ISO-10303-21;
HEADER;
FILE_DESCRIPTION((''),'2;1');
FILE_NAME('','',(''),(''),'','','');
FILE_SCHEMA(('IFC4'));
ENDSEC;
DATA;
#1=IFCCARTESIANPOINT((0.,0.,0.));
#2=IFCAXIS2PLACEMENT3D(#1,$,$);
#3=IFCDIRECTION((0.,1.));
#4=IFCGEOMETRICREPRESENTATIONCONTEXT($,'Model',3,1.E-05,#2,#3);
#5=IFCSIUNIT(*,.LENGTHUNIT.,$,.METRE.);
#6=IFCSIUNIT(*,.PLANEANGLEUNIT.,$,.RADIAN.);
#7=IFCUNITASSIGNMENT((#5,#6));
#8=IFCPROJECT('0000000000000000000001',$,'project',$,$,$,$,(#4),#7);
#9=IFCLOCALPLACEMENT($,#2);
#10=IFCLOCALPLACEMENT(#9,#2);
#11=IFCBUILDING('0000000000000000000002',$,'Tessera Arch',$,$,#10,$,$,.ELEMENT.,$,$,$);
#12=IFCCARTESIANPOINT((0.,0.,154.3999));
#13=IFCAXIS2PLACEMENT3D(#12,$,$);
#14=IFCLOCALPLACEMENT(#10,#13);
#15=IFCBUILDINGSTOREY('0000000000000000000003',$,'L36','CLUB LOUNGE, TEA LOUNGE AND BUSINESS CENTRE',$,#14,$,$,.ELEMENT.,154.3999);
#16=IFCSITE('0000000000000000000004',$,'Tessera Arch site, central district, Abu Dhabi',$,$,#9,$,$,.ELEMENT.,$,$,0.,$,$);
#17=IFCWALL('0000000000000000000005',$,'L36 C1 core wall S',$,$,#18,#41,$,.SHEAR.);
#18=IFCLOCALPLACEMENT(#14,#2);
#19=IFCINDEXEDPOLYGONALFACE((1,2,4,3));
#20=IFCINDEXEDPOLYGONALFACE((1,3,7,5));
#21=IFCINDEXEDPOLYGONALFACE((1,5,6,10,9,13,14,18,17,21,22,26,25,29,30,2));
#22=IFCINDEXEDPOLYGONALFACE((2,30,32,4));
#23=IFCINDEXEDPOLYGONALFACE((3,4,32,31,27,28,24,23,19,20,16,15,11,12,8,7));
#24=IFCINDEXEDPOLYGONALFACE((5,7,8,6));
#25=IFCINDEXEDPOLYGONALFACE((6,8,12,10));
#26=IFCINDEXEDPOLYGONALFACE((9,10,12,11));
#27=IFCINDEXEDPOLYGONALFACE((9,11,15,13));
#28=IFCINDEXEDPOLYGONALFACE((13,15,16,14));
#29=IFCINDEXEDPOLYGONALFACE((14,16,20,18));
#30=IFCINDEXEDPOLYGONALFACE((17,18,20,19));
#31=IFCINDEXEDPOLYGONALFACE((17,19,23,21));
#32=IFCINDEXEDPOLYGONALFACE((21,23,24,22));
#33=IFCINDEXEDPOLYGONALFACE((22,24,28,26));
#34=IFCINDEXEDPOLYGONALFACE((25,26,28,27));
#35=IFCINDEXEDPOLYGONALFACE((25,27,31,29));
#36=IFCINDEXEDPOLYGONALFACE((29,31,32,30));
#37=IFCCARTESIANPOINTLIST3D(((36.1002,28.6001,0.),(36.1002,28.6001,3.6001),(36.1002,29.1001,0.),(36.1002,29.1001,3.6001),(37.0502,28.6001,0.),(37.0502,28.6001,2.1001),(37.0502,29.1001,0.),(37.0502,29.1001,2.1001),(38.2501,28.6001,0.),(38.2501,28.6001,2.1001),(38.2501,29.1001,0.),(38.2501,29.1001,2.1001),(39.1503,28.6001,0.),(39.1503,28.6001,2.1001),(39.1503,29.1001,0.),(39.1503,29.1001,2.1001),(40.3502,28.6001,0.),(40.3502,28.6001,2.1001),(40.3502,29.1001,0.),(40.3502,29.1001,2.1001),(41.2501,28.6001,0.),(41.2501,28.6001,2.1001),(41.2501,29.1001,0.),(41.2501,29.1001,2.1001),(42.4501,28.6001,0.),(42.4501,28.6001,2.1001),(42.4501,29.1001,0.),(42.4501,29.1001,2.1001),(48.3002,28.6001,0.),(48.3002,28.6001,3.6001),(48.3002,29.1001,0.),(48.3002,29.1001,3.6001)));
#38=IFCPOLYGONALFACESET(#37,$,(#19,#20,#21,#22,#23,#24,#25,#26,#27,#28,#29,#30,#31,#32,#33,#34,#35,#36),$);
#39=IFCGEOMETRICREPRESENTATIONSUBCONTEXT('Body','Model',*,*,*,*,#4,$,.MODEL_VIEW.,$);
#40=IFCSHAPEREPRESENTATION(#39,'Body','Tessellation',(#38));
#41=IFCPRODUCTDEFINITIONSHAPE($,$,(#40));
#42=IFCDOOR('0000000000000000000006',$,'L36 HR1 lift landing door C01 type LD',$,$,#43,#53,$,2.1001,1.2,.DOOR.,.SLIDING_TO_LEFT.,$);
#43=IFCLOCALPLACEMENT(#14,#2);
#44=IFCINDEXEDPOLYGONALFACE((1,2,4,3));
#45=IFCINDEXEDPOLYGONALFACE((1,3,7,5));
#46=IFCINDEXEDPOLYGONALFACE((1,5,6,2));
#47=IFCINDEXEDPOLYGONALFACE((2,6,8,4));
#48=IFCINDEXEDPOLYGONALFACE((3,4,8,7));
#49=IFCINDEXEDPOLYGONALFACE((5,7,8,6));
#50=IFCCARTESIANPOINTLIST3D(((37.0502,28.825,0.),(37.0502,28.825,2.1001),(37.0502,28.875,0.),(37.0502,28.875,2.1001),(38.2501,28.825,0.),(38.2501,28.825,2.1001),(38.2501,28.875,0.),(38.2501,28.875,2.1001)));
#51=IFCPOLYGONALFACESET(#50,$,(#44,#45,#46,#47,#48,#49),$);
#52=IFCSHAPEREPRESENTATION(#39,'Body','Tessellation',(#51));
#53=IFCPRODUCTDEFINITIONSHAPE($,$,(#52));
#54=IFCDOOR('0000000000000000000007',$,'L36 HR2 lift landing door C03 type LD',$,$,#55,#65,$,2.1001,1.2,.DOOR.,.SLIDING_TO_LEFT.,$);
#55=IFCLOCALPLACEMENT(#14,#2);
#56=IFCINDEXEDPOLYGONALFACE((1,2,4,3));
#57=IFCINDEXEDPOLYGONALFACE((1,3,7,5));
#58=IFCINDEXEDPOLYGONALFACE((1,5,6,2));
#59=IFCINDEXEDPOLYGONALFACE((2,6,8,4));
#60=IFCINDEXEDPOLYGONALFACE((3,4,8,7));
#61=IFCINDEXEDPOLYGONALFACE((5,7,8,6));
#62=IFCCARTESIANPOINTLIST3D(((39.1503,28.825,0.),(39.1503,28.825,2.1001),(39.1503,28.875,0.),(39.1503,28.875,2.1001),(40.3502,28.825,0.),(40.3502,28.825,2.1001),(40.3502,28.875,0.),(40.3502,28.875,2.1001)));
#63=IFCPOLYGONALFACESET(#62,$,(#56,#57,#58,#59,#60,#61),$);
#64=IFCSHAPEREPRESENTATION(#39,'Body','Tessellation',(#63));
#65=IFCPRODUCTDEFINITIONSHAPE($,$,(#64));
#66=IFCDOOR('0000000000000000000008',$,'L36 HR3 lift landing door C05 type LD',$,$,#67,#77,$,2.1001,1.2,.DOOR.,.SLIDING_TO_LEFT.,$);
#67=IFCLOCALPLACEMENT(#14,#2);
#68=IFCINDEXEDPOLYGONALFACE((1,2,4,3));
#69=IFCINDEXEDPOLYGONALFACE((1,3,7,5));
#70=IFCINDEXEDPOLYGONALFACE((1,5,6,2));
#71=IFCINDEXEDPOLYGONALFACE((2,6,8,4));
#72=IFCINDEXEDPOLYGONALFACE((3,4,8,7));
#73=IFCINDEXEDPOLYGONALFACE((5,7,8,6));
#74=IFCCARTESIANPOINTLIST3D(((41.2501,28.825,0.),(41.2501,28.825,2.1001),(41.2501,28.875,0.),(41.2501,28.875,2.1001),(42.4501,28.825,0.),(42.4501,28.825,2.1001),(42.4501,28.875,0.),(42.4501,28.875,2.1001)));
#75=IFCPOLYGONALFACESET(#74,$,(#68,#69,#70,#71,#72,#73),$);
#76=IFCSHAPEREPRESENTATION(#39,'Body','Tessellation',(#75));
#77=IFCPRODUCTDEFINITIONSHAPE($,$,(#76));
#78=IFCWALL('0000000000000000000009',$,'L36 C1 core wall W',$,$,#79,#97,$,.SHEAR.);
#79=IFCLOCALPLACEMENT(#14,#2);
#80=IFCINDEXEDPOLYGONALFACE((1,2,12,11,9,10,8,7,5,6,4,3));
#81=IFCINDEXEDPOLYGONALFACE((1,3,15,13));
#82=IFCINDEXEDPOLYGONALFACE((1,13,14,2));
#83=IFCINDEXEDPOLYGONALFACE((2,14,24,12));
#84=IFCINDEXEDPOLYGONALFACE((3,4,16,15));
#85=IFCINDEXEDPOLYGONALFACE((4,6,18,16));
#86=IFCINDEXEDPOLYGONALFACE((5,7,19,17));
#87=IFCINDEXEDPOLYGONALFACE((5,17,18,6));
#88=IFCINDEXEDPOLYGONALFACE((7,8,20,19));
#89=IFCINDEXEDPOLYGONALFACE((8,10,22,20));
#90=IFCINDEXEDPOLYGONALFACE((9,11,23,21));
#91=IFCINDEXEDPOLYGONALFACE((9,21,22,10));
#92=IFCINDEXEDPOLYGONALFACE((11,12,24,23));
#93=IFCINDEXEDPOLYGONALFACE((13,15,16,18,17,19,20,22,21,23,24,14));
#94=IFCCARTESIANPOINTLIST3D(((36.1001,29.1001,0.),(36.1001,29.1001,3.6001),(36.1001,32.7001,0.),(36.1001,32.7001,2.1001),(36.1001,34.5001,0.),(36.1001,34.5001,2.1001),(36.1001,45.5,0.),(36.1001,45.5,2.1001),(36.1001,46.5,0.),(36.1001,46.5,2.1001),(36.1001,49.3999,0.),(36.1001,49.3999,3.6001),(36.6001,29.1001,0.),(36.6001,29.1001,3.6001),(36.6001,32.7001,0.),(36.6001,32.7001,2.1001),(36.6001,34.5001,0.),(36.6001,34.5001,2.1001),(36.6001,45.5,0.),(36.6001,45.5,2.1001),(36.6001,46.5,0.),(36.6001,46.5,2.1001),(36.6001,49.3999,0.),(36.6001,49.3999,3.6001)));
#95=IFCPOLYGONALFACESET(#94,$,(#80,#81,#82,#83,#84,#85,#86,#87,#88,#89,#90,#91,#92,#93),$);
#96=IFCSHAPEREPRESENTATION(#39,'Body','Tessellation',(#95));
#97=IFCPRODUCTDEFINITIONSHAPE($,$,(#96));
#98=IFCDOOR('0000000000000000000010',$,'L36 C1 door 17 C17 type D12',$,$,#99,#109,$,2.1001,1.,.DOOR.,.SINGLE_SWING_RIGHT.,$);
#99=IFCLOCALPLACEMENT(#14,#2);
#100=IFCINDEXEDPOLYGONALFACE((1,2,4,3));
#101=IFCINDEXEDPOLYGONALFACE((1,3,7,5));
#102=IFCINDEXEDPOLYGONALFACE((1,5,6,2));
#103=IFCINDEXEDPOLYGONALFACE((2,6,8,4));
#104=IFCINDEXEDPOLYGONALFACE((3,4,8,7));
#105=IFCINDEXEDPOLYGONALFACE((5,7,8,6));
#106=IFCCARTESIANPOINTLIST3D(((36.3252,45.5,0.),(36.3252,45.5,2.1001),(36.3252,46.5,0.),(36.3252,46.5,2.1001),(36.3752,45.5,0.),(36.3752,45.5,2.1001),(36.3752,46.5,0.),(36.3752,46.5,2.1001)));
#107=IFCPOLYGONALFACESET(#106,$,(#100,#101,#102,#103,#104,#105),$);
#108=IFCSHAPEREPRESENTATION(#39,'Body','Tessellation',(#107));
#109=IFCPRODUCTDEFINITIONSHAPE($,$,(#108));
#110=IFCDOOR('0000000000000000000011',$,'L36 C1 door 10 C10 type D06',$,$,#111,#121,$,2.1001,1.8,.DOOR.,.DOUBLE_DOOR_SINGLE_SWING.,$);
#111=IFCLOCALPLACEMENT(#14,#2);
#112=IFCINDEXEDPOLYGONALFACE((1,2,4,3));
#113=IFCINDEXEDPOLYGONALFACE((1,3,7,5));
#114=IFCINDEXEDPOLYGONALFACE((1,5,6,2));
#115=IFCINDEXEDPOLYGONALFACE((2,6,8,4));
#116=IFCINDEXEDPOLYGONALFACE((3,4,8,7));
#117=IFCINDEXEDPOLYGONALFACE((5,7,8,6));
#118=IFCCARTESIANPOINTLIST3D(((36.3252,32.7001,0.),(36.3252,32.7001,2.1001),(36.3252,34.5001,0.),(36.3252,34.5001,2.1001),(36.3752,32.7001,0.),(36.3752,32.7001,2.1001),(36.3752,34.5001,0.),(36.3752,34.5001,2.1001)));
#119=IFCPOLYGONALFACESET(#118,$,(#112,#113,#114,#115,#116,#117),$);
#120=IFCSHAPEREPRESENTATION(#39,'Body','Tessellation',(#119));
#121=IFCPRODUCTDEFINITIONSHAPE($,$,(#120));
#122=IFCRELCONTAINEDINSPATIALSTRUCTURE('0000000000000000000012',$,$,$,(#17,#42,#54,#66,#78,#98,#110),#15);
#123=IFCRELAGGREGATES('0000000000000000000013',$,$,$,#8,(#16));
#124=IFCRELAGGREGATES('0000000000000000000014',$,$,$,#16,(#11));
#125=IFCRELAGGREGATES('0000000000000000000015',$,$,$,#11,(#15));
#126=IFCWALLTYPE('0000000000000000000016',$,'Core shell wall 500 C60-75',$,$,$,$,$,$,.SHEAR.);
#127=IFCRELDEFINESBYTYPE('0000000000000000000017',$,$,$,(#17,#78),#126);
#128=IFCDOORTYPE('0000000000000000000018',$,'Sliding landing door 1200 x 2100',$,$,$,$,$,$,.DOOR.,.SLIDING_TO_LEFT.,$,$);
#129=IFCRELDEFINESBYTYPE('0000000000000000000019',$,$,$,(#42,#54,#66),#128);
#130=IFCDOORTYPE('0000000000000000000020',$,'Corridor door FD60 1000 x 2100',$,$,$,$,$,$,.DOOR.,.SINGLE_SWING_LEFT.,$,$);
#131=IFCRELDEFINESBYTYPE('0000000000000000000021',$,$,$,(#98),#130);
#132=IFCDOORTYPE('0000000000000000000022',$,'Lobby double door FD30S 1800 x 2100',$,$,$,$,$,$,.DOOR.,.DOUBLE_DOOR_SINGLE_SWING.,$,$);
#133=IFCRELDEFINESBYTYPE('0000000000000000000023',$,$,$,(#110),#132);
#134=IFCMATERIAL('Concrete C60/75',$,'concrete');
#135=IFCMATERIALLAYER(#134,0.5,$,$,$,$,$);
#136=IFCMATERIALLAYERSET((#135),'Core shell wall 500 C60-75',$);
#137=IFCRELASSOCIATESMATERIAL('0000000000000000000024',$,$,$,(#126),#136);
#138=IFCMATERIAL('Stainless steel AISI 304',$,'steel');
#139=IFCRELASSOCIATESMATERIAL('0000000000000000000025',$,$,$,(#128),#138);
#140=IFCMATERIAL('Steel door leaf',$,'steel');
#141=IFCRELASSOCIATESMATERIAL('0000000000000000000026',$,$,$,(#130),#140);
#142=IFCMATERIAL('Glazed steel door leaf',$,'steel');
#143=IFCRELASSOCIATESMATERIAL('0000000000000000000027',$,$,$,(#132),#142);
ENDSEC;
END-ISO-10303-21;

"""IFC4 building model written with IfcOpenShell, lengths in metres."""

from ifc_helpers import new_model, si_unit, direction, frame, frame_2d, origin, place, context, subcontext, project, spatial, rectangle, extrude, material, layer, layer_set, type_object, element, fill, save


model = new_model("IFC4")

# Units and contexts
model_context = context("Model", 3, precision=1e-05, world=origin(), true_north=direction((0.0, 1.0)))
body_context = subcontext(model_context, "Body", "Model", "MODEL_VIEW")
ifc_project = project(units=[si_unit("LENGTHUNIT", "METRE"), si_unit("PLANEANGLEUNIT", "RADIAN")], contexts=[model_context])

# Site, building, storey
site_placement = place(None, origin())
site = spatial("IfcSite", under=ifc_project, at=site_placement, Name="Tessera Arch site, central district, Abu Dhabi", CompositionType="ELEMENT", RefElevation=0.0)
building_placement = place(site_placement, origin())
building = spatial("IfcBuilding", under=site, at=building_placement, Name="Tessera Arch", CompositionType="ELEMENT")
storey_placement = place(building_placement, frame((0.0, 0.0, 154.3999)))
storey = spatial("IfcBuildingStorey", under=building, at=storey_placement, Name="L36", Description="CLUB LOUNGE, TEA LOUNGE AND BUSINESS CENTRE", CompositionType="ELEMENT", Elevation=154.3999)

# Walls, openings, doors
ifc_material_1 = material(Name="Concrete C60/75", Category="concrete")
ifc_layer_1 = layer(ifc_material_1, 0.5)
ifc_layer_set_1 = layer_set([ifc_layer_1], Name="Core shell wall 500 C60-75")
wall_type_1 = type_object("IfcWallType", Name="Core shell wall 500 C60-75", PredefinedType="SHEAR", material=ifc_layer_set_1)
wall_1_placement = place(storey_placement, frame((36.1001, 28.8501, 0.0), z_axis=(0.0, 0.0, 1.0), x_axis=(1.0, 0.0, 0.0)))
wall_1 = element("IfcWall", 1, at=wall_1_placement, inside=storey, type_object=wall_type_1, Name="L36 C1 core wall S", PredefinedType="SHEAR", context=body_context, shape_type="SweptSolid", body=[
    extrude(rectangle(XDim=12.2, YDim=0.5, at=frame_2d((6.1001, 0.0))), origin(), (0.0, 0.0, 1.0), 3.6001),
])
opening_1_placement = place(wall_1_placement, frame((0.95, 0.0, 0.0)))
opening_1 = element("IfcOpeningElement", 2, at=opening_1_placement, cuts=wall_1, PredefinedType="OPENING", context=body_context, shape_type="SweptSolid", body=[
    extrude(rectangle(XDim=1.2, YDim=2.1001, at=frame_2d((0.6001, 1.05))), frame((0.0, 0.26, 0.0), z_axis=(0.0, -1.0, 0.0), x_axis=(1.0, 0.0, 0.0)), (0.0, 0.0, 1.0), 0.52),
])
opening_2_placement = place(wall_1_placement, frame((3.05, 0.0, 0.0)))
opening_2 = element("IfcOpeningElement", 3, at=opening_2_placement, cuts=wall_1, PredefinedType="OPENING", context=body_context, shape_type="SweptSolid", body=[
    extrude(rectangle(XDim=1.2, YDim=2.1001, at=frame_2d((0.6001, 1.05))), frame((0.0, 0.26, 0.0), z_axis=(0.0, -1.0, 0.0), x_axis=(1.0, 0.0, 0.0)), (0.0, 0.0, 1.0), 0.52),
])
opening_3_placement = place(wall_1_placement, frame((5.1499, 0.0, 0.0)))
opening_3 = element("IfcOpeningElement", 4, at=opening_3_placement, cuts=wall_1, PredefinedType="OPENING", context=body_context, shape_type="SweptSolid", body=[
    extrude(rectangle(XDim=1.2, YDim=2.1001, at=frame_2d((0.6001, 1.05))), frame((0.0, 0.26, 0.0), z_axis=(0.0, -1.0, 0.0), x_axis=(1.0, 0.0, 0.0)), (0.0, 0.0, 1.0), 0.52),
])
ifc_material_2 = material(Name="Stainless steel AISI 304", Category="steel")
door_type_1 = type_object("IfcDoorType", Name="Sliding landing door 1200 x 2100", OperationType="SLIDING_TO_LEFT", PredefinedType="DOOR", material=ifc_material_2)
door_1_placement = place(opening_1_placement, origin())
door_1 = element("IfcDoor", 5, at=door_1_placement, inside=storey, type_object=door_type_1, Name="L36 HR1 lift landing door C01 type LD", OperationType="SLIDING_TO_LEFT", OverallHeight=2.1001, OverallWidth=1.2, PredefinedType="DOOR", context=body_context, shape_type="SweptSolid", body=[
    extrude(rectangle(XDim=1.2, YDim=2.1001, at=frame_2d((0.6001, 1.05))), frame((0.0, 0.0249, 0.0), z_axis=(0.0, -1.0, 0.0), x_axis=(1.0, 0.0, 0.0)), (0.0, 0.0, 1.0), 0.05),
])
fill(opening_1, door_1)
door_2_placement = place(opening_2_placement, origin())
door_2 = element("IfcDoor", 6, at=door_2_placement, inside=storey, type_object=door_type_1, Name="L36 HR2 lift landing door C03 type LD", OperationType="SLIDING_TO_LEFT", OverallHeight=2.1001, OverallWidth=1.2, PredefinedType="DOOR", context=body_context, shape_type="SweptSolid", body=[
    extrude(rectangle(XDim=1.2, YDim=2.1001, at=frame_2d((0.6001, 1.05))), frame((0.0, 0.0249, 0.0), z_axis=(0.0, -1.0, 0.0), x_axis=(1.0, 0.0, 0.0)), (0.0, 0.0, 1.0), 0.05),
])
fill(opening_2, door_2)
door_3_placement = place(opening_3_placement, origin())
door_3 = element("IfcDoor", 7, at=door_3_placement, inside=storey, type_object=door_type_1, Name="L36 HR3 lift landing door C05 type LD", OperationType="SLIDING_TO_LEFT", OverallHeight=2.1001, OverallWidth=1.2, PredefinedType="DOOR", context=body_context, shape_type="SweptSolid", body=[
    extrude(rectangle(XDim=1.2, YDim=2.1001, at=frame_2d((0.6001, 1.05))), frame((0.0, 0.0249, 0.0), z_axis=(0.0, -1.0, 0.0), x_axis=(1.0, 0.0, 0.0)), (0.0, 0.0, 1.0), 0.05),
])
fill(opening_3, door_3)
wall_2_placement = place(storey_placement, frame((36.3501, 29.1001, 0.0), z_axis=(0.0, 0.0, 1.0), x_axis=(0.0, 1.0, 0.0)))
wall_2 = element("IfcWall", 8, at=wall_2_placement, inside=storey, type_object=wall_type_1, Name="L36 C1 core wall W", PredefinedType="SHEAR", context=body_context, shape_type="SweptSolid", body=[
    extrude(rectangle(XDim=20.2998, YDim=0.5, at=frame_2d((10.1499, 0.0))), origin(), (0.0, 0.0, 1.0), 3.6001),
])
opening_4_placement = place(wall_2_placement, frame((3.6001, 0.0, 0.0)))
opening_4 = element("IfcOpeningElement", 9, at=opening_4_placement, cuts=wall_2, PredefinedType="OPENING", context=body_context, shape_type="SweptSolid", body=[
    extrude(rectangle(XDim=1.8, YDim=2.1001, at=frame_2d((0.8999, 1.05))), frame((0.0, 0.26, 0.0), z_axis=(0.0, -1.0, 0.0), x_axis=(1.0, 0.0, 0.0)), (0.0, 0.0, 1.0), 0.52),
])
opening_5_placement = place(wall_2_placement, frame((16.3999, 0.0, 0.0)))
opening_5 = element("IfcOpeningElement", 10, at=opening_5_placement, cuts=wall_2, PredefinedType="OPENING", context=body_context, shape_type="SweptSolid", body=[
    extrude(rectangle(XDim=1.0, YDim=2.1001, at=frame_2d((0.5, 1.05))), frame((0.0, 0.26, 0.0), z_axis=(0.0, -1.0, 0.0), x_axis=(1.0, 0.0, 0.0)), (0.0, 0.0, 1.0), 0.52),
])
ifc_material_3 = material(Name="Steel door leaf", Category="steel")
door_type_2 = type_object("IfcDoorType", Name="Corridor door FD60 1000 x 2100", OperationType="SINGLE_SWING_LEFT", PredefinedType="DOOR", material=ifc_material_3)
door_4_placement = place(opening_5_placement, origin())
door_4 = element("IfcDoor", 11, at=door_4_placement, inside=storey, type_object=door_type_2, Name="L36 C1 door 17 C17 type D12", OperationType="SINGLE_SWING_RIGHT", OverallHeight=2.1001, OverallWidth=1.0, PredefinedType="DOOR", context=body_context, shape_type="SweptSolid", body=[
    extrude(rectangle(XDim=1.0, YDim=2.1001, at=frame_2d((0.5, 1.05))), frame((0.0, 0.0249, 0.0), z_axis=(0.0, -1.0, 0.0), x_axis=(1.0, 0.0, 0.0)), (0.0, 0.0, 1.0), 0.05),
])
fill(opening_5, door_4)
ifc_material_4 = material(Name="Glazed steel door leaf", Category="steel")
door_type_3 = type_object("IfcDoorType", Name="Lobby double door FD30S 1800 x 2100", OperationType="DOUBLE_DOOR_SINGLE_SWING", PredefinedType="DOOR", material=ifc_material_4)
door_5_placement = place(opening_4_placement, origin())
door_5 = element("IfcDoor", 12, at=door_5_placement, inside=storey, type_object=door_type_3, Name="L36 C1 door 10 C10 type D06", OperationType="DOUBLE_DOOR_SINGLE_SWING", OverallHeight=2.1001, OverallWidth=1.8, PredefinedType="DOOR", context=body_context, shape_type="SweptSolid", body=[
    extrude(rectangle(XDim=1.8, YDim=2.1001, at=frame_2d((0.8999, 1.05))), frame((0.0, 0.0249, 0.0), z_axis=(0.0, -1.0, 0.0), x_axis=(1.0, 0.0, 0.0)), (0.0, 0.0, 1.0), 0.05),
])
fill(opening_4, door_5)

save(model, "model.ifc")
